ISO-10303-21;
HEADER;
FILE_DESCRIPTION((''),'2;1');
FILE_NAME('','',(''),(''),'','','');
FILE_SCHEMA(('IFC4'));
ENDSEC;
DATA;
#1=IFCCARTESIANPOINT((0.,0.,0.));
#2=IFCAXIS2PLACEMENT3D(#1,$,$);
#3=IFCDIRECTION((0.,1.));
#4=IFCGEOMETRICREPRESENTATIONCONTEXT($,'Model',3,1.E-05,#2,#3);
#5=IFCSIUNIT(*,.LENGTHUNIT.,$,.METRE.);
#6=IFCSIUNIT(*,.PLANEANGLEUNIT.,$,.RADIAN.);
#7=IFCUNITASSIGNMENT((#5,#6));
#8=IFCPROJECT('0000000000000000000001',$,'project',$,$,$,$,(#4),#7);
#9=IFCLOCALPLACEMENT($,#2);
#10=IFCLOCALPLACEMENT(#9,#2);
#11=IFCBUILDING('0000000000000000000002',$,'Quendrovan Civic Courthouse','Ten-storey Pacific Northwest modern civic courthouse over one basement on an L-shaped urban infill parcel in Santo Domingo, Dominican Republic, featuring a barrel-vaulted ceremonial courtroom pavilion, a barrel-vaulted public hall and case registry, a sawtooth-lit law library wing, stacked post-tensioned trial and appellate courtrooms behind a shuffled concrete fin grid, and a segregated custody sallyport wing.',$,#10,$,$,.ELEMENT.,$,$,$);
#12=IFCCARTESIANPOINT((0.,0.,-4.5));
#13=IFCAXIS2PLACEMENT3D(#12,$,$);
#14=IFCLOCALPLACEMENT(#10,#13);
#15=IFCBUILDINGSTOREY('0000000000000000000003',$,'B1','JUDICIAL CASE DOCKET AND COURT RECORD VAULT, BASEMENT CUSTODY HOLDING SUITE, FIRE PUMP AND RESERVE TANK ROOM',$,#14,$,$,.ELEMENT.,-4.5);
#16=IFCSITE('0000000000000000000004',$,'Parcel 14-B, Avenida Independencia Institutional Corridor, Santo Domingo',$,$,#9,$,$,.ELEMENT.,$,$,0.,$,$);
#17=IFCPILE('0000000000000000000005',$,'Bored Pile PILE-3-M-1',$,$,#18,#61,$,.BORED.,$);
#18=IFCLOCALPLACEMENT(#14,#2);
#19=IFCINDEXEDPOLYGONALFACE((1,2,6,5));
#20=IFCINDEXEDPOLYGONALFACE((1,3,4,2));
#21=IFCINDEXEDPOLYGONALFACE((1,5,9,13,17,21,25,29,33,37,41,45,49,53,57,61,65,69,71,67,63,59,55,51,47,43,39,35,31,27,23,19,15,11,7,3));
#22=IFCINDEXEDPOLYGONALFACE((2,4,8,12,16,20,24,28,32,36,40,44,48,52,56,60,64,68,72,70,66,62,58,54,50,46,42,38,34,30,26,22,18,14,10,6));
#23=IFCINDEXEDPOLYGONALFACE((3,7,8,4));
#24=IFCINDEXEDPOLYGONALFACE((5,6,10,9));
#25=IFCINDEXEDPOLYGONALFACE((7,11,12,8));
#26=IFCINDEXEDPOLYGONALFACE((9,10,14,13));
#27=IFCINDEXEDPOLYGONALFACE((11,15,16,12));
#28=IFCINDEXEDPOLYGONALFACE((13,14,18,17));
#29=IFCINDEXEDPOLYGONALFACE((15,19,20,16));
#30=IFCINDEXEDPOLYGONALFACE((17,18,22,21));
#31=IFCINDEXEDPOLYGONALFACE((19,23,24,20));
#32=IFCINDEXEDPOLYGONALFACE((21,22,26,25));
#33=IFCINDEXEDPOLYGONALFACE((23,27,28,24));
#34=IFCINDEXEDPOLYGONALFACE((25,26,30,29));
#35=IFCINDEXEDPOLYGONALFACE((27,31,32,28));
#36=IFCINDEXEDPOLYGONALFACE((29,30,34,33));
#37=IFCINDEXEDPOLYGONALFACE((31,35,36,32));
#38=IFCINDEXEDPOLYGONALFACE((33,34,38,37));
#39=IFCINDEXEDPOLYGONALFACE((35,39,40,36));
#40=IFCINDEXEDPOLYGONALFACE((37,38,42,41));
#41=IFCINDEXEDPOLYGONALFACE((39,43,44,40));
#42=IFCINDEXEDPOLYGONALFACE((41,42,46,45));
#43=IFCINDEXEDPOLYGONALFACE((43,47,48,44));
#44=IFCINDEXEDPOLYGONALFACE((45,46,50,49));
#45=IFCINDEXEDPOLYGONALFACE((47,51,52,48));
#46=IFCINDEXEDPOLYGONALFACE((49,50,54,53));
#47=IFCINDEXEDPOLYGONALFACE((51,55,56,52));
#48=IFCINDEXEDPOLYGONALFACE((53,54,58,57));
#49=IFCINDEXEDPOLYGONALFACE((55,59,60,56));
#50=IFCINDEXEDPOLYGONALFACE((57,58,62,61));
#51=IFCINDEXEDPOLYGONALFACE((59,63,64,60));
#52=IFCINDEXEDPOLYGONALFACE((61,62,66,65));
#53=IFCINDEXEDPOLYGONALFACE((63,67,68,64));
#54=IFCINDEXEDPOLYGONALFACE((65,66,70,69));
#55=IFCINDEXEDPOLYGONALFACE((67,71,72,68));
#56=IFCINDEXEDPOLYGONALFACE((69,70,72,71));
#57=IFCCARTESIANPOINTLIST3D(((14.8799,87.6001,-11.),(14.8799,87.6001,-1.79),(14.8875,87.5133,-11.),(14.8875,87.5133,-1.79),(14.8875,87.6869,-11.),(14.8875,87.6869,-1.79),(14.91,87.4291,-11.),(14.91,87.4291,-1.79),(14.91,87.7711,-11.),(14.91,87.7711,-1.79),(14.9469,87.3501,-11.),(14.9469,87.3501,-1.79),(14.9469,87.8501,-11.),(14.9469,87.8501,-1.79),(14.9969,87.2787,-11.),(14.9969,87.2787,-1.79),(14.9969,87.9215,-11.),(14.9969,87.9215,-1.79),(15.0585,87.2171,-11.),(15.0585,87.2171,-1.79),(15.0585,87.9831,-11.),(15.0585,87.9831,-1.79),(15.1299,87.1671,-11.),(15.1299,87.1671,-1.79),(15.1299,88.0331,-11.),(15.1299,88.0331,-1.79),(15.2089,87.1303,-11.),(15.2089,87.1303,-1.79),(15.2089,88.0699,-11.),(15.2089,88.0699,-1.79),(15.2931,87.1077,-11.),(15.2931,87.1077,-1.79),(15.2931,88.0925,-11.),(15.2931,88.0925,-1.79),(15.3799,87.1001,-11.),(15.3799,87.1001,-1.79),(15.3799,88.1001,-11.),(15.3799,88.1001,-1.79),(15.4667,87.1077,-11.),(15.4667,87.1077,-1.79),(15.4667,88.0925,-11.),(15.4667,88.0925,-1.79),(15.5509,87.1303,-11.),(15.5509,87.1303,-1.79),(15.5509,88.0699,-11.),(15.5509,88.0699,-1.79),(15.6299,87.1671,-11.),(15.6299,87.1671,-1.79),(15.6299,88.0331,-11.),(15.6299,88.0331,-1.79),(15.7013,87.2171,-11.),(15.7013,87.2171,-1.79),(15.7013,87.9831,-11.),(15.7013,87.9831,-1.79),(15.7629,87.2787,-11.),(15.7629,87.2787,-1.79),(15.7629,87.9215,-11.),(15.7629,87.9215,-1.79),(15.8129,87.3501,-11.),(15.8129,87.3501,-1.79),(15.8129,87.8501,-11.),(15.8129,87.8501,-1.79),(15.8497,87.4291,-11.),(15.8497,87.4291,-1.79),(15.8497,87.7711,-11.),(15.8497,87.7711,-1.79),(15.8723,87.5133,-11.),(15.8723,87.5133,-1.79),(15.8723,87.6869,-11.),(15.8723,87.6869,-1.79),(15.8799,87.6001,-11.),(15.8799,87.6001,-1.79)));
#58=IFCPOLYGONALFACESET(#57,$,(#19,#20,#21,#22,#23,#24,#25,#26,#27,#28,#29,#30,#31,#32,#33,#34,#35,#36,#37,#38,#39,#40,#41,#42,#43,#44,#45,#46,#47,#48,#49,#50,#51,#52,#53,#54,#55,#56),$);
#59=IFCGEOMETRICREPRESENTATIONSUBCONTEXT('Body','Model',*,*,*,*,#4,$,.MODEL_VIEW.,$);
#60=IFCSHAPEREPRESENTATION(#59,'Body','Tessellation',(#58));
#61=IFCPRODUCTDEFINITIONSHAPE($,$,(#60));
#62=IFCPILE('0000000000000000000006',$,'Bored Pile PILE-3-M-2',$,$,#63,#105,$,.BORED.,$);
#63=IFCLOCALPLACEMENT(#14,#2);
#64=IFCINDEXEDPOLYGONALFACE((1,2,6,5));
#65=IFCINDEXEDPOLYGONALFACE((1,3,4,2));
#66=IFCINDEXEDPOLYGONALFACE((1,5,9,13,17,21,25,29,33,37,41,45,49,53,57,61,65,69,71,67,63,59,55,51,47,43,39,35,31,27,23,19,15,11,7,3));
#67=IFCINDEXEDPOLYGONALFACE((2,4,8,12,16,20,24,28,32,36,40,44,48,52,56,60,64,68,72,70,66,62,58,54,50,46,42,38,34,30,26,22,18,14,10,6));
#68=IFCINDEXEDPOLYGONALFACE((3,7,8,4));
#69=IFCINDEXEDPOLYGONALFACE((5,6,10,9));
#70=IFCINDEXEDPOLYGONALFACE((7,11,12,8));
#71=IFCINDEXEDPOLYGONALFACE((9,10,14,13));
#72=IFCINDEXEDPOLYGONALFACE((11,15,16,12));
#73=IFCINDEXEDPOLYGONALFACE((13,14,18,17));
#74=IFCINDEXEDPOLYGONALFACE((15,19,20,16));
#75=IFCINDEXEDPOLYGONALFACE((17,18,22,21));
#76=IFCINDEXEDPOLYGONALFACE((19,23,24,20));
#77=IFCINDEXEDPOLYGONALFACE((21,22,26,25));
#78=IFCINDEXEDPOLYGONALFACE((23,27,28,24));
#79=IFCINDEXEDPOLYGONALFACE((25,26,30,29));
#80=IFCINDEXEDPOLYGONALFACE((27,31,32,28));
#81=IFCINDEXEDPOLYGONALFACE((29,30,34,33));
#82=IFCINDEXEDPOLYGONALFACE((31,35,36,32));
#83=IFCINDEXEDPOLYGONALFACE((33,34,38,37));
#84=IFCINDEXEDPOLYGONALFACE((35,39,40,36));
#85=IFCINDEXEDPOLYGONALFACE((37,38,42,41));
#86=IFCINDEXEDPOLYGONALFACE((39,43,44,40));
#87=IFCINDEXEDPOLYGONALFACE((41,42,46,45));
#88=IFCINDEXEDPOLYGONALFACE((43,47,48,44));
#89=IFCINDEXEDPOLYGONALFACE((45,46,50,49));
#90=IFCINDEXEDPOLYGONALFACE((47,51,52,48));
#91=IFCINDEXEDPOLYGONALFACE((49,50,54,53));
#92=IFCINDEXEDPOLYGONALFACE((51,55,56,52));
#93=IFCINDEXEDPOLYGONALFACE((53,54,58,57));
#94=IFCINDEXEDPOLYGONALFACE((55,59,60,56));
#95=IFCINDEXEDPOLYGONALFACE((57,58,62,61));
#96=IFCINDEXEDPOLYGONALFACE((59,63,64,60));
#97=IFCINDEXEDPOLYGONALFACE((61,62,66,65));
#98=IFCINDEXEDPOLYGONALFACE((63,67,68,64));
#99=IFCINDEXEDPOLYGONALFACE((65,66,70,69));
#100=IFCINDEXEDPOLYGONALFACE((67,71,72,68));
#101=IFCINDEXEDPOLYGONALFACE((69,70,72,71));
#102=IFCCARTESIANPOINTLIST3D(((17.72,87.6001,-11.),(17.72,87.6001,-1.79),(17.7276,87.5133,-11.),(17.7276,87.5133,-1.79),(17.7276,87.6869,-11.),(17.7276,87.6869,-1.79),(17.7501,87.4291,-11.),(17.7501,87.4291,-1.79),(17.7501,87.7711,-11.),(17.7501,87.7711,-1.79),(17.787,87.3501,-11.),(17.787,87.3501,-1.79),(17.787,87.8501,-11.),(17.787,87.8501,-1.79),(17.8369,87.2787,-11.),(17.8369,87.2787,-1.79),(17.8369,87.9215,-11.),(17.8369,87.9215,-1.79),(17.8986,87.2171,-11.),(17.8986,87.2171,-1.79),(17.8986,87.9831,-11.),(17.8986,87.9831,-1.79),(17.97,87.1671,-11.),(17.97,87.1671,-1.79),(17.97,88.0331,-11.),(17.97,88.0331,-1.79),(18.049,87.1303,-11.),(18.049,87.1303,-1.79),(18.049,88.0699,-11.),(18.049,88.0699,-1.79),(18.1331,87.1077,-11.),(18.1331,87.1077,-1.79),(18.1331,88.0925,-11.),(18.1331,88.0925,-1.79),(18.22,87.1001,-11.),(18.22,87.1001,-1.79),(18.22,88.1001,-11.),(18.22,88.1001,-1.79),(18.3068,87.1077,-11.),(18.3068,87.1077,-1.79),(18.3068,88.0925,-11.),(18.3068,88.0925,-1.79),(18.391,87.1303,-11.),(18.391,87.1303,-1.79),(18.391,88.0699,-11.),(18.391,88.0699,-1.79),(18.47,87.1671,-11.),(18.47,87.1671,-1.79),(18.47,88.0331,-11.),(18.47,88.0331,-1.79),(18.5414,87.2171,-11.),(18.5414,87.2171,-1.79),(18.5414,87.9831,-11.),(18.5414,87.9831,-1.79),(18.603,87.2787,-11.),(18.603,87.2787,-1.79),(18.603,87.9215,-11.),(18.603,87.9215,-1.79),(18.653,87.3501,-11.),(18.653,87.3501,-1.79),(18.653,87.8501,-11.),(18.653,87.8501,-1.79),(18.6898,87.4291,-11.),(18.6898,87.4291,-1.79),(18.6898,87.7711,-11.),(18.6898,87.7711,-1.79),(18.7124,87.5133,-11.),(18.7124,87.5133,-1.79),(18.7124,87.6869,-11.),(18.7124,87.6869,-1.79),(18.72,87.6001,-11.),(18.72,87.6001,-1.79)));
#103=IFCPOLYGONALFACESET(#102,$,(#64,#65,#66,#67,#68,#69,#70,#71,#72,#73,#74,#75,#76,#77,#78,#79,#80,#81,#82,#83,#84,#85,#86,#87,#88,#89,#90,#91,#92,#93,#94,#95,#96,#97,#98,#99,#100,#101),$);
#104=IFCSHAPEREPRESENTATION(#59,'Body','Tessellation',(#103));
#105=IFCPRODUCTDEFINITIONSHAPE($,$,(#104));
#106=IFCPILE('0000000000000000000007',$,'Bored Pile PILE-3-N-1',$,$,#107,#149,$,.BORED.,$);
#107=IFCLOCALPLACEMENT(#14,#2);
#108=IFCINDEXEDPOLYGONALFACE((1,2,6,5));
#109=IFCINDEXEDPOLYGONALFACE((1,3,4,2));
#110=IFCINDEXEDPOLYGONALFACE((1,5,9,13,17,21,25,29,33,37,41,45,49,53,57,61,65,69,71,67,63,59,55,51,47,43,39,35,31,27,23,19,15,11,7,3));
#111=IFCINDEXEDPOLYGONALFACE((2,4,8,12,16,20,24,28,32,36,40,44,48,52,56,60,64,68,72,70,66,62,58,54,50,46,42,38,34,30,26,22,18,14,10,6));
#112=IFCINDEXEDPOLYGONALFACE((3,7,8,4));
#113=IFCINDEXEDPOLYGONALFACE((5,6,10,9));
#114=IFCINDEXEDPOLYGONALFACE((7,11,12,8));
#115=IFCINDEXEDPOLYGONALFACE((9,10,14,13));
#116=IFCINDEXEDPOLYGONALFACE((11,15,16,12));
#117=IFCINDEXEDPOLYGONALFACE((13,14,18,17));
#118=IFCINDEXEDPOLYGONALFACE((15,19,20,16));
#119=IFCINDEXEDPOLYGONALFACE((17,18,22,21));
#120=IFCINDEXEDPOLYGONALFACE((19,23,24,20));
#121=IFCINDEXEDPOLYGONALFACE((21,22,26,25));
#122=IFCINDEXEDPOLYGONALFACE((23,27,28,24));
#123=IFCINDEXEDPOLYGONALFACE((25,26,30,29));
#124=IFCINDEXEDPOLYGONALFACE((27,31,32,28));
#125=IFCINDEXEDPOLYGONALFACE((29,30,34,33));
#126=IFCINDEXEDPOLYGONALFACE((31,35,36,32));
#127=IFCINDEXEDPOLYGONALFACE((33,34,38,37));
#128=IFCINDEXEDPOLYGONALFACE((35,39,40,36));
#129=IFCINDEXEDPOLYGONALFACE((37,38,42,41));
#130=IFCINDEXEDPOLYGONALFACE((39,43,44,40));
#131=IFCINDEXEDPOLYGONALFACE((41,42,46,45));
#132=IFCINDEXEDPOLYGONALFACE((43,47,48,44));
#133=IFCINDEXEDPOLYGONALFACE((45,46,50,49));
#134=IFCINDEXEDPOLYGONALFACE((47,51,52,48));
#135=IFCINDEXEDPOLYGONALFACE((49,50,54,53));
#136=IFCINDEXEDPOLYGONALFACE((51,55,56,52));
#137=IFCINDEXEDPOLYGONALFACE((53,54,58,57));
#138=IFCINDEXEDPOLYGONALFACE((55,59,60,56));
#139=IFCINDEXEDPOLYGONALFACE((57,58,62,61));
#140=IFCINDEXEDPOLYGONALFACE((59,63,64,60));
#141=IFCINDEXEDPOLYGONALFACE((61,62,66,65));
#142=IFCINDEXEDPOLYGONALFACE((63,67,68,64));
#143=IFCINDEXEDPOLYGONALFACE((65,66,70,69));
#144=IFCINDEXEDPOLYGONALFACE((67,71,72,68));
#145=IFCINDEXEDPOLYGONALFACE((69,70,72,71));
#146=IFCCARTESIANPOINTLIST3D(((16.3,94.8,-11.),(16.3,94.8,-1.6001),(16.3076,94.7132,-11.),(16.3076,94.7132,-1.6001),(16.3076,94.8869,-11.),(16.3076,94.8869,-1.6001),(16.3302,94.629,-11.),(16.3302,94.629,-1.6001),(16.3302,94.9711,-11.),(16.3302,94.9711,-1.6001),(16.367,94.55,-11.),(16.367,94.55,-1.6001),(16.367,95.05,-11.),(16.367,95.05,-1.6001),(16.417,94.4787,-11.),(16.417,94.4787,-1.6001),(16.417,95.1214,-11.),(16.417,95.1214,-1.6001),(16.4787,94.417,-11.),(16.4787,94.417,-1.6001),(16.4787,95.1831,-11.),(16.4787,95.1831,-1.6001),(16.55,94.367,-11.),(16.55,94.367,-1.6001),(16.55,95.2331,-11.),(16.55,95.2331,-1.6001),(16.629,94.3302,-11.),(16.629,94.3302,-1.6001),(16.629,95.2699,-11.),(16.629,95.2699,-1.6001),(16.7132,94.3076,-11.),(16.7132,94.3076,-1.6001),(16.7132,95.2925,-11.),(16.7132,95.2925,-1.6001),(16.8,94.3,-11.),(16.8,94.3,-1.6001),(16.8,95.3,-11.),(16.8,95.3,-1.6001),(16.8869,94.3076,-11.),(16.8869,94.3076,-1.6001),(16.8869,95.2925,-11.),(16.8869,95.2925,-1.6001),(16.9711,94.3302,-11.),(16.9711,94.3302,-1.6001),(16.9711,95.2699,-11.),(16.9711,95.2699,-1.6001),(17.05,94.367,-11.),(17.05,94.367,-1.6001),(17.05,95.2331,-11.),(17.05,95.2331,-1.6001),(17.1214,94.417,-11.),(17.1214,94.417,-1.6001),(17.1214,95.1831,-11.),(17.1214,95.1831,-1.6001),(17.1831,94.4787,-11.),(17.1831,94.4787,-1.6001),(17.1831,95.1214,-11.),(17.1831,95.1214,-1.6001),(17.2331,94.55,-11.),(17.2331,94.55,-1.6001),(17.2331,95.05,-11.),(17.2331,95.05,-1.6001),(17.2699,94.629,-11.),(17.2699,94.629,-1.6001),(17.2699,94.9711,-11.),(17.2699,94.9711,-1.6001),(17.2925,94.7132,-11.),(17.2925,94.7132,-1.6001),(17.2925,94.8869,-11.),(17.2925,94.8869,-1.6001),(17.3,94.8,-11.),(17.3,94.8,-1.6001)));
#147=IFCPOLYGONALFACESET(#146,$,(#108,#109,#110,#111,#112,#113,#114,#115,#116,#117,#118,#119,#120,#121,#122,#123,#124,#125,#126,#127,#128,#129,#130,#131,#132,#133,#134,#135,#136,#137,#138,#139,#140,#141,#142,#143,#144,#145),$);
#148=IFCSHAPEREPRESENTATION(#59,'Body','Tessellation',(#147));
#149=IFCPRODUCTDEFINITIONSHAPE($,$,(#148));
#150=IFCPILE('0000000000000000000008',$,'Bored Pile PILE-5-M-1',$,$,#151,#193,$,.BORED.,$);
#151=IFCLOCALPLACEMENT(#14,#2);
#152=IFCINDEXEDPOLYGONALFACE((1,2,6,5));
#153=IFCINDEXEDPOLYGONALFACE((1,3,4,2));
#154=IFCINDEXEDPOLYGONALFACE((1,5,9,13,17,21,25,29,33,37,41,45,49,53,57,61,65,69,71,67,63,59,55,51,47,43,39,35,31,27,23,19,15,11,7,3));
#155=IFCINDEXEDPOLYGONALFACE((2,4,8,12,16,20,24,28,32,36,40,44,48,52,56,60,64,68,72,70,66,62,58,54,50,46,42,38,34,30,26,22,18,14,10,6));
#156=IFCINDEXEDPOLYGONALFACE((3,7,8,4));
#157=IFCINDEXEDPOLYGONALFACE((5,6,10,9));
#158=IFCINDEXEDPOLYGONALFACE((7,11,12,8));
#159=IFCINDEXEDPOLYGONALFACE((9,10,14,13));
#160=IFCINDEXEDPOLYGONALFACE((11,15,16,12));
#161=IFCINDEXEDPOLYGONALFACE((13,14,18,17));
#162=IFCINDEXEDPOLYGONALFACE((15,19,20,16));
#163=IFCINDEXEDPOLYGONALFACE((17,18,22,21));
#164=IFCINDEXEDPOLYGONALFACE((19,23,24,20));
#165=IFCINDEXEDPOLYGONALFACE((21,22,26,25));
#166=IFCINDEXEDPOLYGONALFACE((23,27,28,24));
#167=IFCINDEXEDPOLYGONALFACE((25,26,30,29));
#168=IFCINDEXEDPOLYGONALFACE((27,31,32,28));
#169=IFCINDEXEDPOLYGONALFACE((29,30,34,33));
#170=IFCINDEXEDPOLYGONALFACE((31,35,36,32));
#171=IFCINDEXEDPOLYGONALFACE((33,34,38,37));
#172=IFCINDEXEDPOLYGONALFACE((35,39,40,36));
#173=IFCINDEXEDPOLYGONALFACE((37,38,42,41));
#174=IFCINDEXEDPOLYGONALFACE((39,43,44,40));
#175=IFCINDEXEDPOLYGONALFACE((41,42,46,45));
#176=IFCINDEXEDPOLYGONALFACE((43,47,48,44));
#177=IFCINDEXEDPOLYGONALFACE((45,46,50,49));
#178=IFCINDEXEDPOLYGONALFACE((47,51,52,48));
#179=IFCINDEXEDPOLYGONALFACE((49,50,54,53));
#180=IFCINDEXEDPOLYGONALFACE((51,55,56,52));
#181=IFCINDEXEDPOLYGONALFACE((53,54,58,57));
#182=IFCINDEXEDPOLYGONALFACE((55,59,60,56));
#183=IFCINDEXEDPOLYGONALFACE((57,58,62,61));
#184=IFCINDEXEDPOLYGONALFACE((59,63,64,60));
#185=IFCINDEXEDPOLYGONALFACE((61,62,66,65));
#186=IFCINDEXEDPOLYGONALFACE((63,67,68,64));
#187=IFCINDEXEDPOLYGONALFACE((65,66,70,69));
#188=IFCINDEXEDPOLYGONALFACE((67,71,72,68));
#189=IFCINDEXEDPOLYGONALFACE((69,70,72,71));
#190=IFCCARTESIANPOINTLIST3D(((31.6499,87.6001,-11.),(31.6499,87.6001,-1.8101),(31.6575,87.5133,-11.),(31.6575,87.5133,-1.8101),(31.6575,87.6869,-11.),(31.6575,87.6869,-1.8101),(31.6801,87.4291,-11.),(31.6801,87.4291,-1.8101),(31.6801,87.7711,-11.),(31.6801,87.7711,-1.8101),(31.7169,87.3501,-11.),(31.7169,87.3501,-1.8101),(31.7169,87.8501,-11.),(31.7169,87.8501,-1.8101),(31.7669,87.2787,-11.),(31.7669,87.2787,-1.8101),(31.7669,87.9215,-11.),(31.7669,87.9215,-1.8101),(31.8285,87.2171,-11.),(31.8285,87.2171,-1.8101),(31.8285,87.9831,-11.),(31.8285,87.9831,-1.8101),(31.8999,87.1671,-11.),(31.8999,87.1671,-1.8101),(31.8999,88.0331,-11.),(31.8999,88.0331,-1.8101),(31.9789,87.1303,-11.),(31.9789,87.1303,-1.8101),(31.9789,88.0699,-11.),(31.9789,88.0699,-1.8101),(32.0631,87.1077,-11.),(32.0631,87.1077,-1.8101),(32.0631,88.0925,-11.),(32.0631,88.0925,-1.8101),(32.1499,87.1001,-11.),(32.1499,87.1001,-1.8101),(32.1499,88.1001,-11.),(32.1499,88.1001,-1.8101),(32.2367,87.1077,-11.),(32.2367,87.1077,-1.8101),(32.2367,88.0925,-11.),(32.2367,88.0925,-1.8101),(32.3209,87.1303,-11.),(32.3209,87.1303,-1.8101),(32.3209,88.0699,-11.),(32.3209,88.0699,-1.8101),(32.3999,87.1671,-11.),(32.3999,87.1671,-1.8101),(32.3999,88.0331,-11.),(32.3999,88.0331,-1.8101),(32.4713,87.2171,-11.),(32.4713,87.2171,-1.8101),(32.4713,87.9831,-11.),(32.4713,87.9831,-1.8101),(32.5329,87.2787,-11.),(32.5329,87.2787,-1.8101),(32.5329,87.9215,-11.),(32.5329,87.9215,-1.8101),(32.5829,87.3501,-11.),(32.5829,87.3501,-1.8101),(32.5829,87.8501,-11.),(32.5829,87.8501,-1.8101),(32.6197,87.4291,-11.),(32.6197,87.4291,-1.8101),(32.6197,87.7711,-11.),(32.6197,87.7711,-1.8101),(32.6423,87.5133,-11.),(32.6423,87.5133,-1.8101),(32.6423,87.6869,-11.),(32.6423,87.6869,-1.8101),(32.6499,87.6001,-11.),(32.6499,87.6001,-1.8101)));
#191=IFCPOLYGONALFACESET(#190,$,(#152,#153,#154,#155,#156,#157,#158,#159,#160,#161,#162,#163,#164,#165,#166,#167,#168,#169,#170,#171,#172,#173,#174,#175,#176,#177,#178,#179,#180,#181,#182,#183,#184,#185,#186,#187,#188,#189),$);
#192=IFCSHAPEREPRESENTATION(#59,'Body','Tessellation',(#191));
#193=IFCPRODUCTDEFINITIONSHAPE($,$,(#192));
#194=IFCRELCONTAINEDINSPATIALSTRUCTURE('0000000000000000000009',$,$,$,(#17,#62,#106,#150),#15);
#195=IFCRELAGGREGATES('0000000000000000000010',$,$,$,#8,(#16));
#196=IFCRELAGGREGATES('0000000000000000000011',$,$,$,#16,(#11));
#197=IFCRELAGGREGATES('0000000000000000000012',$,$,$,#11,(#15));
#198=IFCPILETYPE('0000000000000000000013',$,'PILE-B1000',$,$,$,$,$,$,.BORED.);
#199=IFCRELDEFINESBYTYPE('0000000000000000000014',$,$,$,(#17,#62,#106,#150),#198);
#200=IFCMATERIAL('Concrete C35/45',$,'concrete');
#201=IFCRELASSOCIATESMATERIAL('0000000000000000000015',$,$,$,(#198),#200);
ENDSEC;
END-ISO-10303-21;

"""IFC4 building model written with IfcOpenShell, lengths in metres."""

from ifc_helpers import new_model, si_unit, direction, frame, origin, origin_2d, place, context, subcontext, project, spatial, circle, extrude, material, material_profile, profile_set, type_object, element, save


model = new_model("IFC4")

# Units and contexts
model_context = context("Model", 3, precision=1e-05, world=origin(), true_north=direction((0.0, 1.0)))
body_context = subcontext(model_context, "Body", "Model", "MODEL_VIEW")
ifc_project = project(units=[si_unit("LENGTHUNIT", "METRE"), si_unit("PLANEANGLEUNIT", "RADIAN")], contexts=[model_context])

# Site, building, storey
site_placement = place(None, origin())
site = spatial("IfcSite", under=ifc_project, at=site_placement, Name="Parcel 14-B, Avenida Independencia Institutional Corridor, Santo Domingo", CompositionType="ELEMENT", RefElevation=0.0)
building_placement = place(site_placement, origin())
building = spatial("IfcBuilding", under=site, at=building_placement, Name="Quendrovan Civic Courthouse", Description="Ten-storey Pacific Northwest modern civic courthouse over one basement on an L-shaped urban infill parcel in Santo Domingo, Dominican Republic, featuring a barrel-vaulted ceremonial courtroom pavilion, a barrel-vaulted public hall and case registry, a sawtooth-lit law library wing, stacked post-tensioned trial and appellate courtrooms behind a shuffled concrete fin grid, and a segregated custody sallyport wing.", CompositionType="ELEMENT")
storey_placement = place(building_placement, frame((0.0, 0.0, -4.5)))
storey = spatial("IfcBuildingStorey", under=building, at=storey_placement, Name="B1", Description="JUDICIAL CASE DOCKET AND COURT RECORD VAULT, BASEMENT CUSTODY HOLDING SUITE, FIRE PUMP AND RESERVE TANK ROOM", CompositionType="ELEMENT", Elevation=-4.5)

# Shared definitions
ifc_material_1 = material(Name="Concrete C35/45", Category="concrete")

# Piles
ifc_material_profile_1 = material_profile(ifc_material_1, circle(Radius=0.5, at=origin_2d()), Name="PILE-D1000")
ifc_profile_set_1 = profile_set([ifc_material_profile_1], Name="Concrete C35/45")
pile_type_1 = type_object("IfcPileType", Name="PILE-B1000", PredefinedType="BORED", material=ifc_profile_set_1)
for number, where, z_axis, x_axis, name in (
    (1, (15.3799, 87.6001, -1.79), (0.0, 0.0, -1.0), (1.0, 0.0, 0.0), "Bored Pile PILE-3-M-1"),
    (2, (18.22, 87.6001, -1.79), (0.0, 0.0, -1.0), (1.0, 0.0, 0.0), "Bored Pile PILE-3-M-2"),
):
    element("IfcPile", number, at=place(storey_placement, frame(where, z_axis=z_axis, x_axis=x_axis)), inside=storey, type_object=pile_type_1, Name=name, PredefinedType="BORED", context=body_context, shape_type="SweptSolid", body=[
        extrude(circle(Radius=0.5, at=origin_2d()), origin(), (0.0, 0.0, 1.0), 9.21),
    ])
pile_1_placement = place(storey_placement, frame((16.8, 94.8, -1.6001), z_axis=(0.0, 0.0, -1.0), x_axis=(1.0, 0.0, 0.0)))
element("IfcPile", 3, at=pile_1_placement, inside=storey, type_object=pile_type_1, Name="Bored Pile PILE-3-N-1", PredefinedType="BORED", context=body_context, shape_type="SweptSolid", body=[
    extrude(circle(Radius=0.5, at=origin_2d()), origin(), (0.0, 0.0, 1.0), 9.3999),
])
pile_2_placement = place(storey_placement, frame((32.1499, 87.6001, -1.8101), z_axis=(0.0, 0.0, -1.0), x_axis=(1.0, 0.0, 0.0)))
element("IfcPile", 4, at=pile_2_placement, inside=storey, type_object=pile_type_1, Name="Bored Pile PILE-5-M-1", PredefinedType="BORED", context=body_context, shape_type="SweptSolid", body=[
    extrude(circle(Radius=0.5, at=origin_2d()), origin(), (0.0, 0.0, 1.0), 9.1899),
])

save(model, "model.ifc")
